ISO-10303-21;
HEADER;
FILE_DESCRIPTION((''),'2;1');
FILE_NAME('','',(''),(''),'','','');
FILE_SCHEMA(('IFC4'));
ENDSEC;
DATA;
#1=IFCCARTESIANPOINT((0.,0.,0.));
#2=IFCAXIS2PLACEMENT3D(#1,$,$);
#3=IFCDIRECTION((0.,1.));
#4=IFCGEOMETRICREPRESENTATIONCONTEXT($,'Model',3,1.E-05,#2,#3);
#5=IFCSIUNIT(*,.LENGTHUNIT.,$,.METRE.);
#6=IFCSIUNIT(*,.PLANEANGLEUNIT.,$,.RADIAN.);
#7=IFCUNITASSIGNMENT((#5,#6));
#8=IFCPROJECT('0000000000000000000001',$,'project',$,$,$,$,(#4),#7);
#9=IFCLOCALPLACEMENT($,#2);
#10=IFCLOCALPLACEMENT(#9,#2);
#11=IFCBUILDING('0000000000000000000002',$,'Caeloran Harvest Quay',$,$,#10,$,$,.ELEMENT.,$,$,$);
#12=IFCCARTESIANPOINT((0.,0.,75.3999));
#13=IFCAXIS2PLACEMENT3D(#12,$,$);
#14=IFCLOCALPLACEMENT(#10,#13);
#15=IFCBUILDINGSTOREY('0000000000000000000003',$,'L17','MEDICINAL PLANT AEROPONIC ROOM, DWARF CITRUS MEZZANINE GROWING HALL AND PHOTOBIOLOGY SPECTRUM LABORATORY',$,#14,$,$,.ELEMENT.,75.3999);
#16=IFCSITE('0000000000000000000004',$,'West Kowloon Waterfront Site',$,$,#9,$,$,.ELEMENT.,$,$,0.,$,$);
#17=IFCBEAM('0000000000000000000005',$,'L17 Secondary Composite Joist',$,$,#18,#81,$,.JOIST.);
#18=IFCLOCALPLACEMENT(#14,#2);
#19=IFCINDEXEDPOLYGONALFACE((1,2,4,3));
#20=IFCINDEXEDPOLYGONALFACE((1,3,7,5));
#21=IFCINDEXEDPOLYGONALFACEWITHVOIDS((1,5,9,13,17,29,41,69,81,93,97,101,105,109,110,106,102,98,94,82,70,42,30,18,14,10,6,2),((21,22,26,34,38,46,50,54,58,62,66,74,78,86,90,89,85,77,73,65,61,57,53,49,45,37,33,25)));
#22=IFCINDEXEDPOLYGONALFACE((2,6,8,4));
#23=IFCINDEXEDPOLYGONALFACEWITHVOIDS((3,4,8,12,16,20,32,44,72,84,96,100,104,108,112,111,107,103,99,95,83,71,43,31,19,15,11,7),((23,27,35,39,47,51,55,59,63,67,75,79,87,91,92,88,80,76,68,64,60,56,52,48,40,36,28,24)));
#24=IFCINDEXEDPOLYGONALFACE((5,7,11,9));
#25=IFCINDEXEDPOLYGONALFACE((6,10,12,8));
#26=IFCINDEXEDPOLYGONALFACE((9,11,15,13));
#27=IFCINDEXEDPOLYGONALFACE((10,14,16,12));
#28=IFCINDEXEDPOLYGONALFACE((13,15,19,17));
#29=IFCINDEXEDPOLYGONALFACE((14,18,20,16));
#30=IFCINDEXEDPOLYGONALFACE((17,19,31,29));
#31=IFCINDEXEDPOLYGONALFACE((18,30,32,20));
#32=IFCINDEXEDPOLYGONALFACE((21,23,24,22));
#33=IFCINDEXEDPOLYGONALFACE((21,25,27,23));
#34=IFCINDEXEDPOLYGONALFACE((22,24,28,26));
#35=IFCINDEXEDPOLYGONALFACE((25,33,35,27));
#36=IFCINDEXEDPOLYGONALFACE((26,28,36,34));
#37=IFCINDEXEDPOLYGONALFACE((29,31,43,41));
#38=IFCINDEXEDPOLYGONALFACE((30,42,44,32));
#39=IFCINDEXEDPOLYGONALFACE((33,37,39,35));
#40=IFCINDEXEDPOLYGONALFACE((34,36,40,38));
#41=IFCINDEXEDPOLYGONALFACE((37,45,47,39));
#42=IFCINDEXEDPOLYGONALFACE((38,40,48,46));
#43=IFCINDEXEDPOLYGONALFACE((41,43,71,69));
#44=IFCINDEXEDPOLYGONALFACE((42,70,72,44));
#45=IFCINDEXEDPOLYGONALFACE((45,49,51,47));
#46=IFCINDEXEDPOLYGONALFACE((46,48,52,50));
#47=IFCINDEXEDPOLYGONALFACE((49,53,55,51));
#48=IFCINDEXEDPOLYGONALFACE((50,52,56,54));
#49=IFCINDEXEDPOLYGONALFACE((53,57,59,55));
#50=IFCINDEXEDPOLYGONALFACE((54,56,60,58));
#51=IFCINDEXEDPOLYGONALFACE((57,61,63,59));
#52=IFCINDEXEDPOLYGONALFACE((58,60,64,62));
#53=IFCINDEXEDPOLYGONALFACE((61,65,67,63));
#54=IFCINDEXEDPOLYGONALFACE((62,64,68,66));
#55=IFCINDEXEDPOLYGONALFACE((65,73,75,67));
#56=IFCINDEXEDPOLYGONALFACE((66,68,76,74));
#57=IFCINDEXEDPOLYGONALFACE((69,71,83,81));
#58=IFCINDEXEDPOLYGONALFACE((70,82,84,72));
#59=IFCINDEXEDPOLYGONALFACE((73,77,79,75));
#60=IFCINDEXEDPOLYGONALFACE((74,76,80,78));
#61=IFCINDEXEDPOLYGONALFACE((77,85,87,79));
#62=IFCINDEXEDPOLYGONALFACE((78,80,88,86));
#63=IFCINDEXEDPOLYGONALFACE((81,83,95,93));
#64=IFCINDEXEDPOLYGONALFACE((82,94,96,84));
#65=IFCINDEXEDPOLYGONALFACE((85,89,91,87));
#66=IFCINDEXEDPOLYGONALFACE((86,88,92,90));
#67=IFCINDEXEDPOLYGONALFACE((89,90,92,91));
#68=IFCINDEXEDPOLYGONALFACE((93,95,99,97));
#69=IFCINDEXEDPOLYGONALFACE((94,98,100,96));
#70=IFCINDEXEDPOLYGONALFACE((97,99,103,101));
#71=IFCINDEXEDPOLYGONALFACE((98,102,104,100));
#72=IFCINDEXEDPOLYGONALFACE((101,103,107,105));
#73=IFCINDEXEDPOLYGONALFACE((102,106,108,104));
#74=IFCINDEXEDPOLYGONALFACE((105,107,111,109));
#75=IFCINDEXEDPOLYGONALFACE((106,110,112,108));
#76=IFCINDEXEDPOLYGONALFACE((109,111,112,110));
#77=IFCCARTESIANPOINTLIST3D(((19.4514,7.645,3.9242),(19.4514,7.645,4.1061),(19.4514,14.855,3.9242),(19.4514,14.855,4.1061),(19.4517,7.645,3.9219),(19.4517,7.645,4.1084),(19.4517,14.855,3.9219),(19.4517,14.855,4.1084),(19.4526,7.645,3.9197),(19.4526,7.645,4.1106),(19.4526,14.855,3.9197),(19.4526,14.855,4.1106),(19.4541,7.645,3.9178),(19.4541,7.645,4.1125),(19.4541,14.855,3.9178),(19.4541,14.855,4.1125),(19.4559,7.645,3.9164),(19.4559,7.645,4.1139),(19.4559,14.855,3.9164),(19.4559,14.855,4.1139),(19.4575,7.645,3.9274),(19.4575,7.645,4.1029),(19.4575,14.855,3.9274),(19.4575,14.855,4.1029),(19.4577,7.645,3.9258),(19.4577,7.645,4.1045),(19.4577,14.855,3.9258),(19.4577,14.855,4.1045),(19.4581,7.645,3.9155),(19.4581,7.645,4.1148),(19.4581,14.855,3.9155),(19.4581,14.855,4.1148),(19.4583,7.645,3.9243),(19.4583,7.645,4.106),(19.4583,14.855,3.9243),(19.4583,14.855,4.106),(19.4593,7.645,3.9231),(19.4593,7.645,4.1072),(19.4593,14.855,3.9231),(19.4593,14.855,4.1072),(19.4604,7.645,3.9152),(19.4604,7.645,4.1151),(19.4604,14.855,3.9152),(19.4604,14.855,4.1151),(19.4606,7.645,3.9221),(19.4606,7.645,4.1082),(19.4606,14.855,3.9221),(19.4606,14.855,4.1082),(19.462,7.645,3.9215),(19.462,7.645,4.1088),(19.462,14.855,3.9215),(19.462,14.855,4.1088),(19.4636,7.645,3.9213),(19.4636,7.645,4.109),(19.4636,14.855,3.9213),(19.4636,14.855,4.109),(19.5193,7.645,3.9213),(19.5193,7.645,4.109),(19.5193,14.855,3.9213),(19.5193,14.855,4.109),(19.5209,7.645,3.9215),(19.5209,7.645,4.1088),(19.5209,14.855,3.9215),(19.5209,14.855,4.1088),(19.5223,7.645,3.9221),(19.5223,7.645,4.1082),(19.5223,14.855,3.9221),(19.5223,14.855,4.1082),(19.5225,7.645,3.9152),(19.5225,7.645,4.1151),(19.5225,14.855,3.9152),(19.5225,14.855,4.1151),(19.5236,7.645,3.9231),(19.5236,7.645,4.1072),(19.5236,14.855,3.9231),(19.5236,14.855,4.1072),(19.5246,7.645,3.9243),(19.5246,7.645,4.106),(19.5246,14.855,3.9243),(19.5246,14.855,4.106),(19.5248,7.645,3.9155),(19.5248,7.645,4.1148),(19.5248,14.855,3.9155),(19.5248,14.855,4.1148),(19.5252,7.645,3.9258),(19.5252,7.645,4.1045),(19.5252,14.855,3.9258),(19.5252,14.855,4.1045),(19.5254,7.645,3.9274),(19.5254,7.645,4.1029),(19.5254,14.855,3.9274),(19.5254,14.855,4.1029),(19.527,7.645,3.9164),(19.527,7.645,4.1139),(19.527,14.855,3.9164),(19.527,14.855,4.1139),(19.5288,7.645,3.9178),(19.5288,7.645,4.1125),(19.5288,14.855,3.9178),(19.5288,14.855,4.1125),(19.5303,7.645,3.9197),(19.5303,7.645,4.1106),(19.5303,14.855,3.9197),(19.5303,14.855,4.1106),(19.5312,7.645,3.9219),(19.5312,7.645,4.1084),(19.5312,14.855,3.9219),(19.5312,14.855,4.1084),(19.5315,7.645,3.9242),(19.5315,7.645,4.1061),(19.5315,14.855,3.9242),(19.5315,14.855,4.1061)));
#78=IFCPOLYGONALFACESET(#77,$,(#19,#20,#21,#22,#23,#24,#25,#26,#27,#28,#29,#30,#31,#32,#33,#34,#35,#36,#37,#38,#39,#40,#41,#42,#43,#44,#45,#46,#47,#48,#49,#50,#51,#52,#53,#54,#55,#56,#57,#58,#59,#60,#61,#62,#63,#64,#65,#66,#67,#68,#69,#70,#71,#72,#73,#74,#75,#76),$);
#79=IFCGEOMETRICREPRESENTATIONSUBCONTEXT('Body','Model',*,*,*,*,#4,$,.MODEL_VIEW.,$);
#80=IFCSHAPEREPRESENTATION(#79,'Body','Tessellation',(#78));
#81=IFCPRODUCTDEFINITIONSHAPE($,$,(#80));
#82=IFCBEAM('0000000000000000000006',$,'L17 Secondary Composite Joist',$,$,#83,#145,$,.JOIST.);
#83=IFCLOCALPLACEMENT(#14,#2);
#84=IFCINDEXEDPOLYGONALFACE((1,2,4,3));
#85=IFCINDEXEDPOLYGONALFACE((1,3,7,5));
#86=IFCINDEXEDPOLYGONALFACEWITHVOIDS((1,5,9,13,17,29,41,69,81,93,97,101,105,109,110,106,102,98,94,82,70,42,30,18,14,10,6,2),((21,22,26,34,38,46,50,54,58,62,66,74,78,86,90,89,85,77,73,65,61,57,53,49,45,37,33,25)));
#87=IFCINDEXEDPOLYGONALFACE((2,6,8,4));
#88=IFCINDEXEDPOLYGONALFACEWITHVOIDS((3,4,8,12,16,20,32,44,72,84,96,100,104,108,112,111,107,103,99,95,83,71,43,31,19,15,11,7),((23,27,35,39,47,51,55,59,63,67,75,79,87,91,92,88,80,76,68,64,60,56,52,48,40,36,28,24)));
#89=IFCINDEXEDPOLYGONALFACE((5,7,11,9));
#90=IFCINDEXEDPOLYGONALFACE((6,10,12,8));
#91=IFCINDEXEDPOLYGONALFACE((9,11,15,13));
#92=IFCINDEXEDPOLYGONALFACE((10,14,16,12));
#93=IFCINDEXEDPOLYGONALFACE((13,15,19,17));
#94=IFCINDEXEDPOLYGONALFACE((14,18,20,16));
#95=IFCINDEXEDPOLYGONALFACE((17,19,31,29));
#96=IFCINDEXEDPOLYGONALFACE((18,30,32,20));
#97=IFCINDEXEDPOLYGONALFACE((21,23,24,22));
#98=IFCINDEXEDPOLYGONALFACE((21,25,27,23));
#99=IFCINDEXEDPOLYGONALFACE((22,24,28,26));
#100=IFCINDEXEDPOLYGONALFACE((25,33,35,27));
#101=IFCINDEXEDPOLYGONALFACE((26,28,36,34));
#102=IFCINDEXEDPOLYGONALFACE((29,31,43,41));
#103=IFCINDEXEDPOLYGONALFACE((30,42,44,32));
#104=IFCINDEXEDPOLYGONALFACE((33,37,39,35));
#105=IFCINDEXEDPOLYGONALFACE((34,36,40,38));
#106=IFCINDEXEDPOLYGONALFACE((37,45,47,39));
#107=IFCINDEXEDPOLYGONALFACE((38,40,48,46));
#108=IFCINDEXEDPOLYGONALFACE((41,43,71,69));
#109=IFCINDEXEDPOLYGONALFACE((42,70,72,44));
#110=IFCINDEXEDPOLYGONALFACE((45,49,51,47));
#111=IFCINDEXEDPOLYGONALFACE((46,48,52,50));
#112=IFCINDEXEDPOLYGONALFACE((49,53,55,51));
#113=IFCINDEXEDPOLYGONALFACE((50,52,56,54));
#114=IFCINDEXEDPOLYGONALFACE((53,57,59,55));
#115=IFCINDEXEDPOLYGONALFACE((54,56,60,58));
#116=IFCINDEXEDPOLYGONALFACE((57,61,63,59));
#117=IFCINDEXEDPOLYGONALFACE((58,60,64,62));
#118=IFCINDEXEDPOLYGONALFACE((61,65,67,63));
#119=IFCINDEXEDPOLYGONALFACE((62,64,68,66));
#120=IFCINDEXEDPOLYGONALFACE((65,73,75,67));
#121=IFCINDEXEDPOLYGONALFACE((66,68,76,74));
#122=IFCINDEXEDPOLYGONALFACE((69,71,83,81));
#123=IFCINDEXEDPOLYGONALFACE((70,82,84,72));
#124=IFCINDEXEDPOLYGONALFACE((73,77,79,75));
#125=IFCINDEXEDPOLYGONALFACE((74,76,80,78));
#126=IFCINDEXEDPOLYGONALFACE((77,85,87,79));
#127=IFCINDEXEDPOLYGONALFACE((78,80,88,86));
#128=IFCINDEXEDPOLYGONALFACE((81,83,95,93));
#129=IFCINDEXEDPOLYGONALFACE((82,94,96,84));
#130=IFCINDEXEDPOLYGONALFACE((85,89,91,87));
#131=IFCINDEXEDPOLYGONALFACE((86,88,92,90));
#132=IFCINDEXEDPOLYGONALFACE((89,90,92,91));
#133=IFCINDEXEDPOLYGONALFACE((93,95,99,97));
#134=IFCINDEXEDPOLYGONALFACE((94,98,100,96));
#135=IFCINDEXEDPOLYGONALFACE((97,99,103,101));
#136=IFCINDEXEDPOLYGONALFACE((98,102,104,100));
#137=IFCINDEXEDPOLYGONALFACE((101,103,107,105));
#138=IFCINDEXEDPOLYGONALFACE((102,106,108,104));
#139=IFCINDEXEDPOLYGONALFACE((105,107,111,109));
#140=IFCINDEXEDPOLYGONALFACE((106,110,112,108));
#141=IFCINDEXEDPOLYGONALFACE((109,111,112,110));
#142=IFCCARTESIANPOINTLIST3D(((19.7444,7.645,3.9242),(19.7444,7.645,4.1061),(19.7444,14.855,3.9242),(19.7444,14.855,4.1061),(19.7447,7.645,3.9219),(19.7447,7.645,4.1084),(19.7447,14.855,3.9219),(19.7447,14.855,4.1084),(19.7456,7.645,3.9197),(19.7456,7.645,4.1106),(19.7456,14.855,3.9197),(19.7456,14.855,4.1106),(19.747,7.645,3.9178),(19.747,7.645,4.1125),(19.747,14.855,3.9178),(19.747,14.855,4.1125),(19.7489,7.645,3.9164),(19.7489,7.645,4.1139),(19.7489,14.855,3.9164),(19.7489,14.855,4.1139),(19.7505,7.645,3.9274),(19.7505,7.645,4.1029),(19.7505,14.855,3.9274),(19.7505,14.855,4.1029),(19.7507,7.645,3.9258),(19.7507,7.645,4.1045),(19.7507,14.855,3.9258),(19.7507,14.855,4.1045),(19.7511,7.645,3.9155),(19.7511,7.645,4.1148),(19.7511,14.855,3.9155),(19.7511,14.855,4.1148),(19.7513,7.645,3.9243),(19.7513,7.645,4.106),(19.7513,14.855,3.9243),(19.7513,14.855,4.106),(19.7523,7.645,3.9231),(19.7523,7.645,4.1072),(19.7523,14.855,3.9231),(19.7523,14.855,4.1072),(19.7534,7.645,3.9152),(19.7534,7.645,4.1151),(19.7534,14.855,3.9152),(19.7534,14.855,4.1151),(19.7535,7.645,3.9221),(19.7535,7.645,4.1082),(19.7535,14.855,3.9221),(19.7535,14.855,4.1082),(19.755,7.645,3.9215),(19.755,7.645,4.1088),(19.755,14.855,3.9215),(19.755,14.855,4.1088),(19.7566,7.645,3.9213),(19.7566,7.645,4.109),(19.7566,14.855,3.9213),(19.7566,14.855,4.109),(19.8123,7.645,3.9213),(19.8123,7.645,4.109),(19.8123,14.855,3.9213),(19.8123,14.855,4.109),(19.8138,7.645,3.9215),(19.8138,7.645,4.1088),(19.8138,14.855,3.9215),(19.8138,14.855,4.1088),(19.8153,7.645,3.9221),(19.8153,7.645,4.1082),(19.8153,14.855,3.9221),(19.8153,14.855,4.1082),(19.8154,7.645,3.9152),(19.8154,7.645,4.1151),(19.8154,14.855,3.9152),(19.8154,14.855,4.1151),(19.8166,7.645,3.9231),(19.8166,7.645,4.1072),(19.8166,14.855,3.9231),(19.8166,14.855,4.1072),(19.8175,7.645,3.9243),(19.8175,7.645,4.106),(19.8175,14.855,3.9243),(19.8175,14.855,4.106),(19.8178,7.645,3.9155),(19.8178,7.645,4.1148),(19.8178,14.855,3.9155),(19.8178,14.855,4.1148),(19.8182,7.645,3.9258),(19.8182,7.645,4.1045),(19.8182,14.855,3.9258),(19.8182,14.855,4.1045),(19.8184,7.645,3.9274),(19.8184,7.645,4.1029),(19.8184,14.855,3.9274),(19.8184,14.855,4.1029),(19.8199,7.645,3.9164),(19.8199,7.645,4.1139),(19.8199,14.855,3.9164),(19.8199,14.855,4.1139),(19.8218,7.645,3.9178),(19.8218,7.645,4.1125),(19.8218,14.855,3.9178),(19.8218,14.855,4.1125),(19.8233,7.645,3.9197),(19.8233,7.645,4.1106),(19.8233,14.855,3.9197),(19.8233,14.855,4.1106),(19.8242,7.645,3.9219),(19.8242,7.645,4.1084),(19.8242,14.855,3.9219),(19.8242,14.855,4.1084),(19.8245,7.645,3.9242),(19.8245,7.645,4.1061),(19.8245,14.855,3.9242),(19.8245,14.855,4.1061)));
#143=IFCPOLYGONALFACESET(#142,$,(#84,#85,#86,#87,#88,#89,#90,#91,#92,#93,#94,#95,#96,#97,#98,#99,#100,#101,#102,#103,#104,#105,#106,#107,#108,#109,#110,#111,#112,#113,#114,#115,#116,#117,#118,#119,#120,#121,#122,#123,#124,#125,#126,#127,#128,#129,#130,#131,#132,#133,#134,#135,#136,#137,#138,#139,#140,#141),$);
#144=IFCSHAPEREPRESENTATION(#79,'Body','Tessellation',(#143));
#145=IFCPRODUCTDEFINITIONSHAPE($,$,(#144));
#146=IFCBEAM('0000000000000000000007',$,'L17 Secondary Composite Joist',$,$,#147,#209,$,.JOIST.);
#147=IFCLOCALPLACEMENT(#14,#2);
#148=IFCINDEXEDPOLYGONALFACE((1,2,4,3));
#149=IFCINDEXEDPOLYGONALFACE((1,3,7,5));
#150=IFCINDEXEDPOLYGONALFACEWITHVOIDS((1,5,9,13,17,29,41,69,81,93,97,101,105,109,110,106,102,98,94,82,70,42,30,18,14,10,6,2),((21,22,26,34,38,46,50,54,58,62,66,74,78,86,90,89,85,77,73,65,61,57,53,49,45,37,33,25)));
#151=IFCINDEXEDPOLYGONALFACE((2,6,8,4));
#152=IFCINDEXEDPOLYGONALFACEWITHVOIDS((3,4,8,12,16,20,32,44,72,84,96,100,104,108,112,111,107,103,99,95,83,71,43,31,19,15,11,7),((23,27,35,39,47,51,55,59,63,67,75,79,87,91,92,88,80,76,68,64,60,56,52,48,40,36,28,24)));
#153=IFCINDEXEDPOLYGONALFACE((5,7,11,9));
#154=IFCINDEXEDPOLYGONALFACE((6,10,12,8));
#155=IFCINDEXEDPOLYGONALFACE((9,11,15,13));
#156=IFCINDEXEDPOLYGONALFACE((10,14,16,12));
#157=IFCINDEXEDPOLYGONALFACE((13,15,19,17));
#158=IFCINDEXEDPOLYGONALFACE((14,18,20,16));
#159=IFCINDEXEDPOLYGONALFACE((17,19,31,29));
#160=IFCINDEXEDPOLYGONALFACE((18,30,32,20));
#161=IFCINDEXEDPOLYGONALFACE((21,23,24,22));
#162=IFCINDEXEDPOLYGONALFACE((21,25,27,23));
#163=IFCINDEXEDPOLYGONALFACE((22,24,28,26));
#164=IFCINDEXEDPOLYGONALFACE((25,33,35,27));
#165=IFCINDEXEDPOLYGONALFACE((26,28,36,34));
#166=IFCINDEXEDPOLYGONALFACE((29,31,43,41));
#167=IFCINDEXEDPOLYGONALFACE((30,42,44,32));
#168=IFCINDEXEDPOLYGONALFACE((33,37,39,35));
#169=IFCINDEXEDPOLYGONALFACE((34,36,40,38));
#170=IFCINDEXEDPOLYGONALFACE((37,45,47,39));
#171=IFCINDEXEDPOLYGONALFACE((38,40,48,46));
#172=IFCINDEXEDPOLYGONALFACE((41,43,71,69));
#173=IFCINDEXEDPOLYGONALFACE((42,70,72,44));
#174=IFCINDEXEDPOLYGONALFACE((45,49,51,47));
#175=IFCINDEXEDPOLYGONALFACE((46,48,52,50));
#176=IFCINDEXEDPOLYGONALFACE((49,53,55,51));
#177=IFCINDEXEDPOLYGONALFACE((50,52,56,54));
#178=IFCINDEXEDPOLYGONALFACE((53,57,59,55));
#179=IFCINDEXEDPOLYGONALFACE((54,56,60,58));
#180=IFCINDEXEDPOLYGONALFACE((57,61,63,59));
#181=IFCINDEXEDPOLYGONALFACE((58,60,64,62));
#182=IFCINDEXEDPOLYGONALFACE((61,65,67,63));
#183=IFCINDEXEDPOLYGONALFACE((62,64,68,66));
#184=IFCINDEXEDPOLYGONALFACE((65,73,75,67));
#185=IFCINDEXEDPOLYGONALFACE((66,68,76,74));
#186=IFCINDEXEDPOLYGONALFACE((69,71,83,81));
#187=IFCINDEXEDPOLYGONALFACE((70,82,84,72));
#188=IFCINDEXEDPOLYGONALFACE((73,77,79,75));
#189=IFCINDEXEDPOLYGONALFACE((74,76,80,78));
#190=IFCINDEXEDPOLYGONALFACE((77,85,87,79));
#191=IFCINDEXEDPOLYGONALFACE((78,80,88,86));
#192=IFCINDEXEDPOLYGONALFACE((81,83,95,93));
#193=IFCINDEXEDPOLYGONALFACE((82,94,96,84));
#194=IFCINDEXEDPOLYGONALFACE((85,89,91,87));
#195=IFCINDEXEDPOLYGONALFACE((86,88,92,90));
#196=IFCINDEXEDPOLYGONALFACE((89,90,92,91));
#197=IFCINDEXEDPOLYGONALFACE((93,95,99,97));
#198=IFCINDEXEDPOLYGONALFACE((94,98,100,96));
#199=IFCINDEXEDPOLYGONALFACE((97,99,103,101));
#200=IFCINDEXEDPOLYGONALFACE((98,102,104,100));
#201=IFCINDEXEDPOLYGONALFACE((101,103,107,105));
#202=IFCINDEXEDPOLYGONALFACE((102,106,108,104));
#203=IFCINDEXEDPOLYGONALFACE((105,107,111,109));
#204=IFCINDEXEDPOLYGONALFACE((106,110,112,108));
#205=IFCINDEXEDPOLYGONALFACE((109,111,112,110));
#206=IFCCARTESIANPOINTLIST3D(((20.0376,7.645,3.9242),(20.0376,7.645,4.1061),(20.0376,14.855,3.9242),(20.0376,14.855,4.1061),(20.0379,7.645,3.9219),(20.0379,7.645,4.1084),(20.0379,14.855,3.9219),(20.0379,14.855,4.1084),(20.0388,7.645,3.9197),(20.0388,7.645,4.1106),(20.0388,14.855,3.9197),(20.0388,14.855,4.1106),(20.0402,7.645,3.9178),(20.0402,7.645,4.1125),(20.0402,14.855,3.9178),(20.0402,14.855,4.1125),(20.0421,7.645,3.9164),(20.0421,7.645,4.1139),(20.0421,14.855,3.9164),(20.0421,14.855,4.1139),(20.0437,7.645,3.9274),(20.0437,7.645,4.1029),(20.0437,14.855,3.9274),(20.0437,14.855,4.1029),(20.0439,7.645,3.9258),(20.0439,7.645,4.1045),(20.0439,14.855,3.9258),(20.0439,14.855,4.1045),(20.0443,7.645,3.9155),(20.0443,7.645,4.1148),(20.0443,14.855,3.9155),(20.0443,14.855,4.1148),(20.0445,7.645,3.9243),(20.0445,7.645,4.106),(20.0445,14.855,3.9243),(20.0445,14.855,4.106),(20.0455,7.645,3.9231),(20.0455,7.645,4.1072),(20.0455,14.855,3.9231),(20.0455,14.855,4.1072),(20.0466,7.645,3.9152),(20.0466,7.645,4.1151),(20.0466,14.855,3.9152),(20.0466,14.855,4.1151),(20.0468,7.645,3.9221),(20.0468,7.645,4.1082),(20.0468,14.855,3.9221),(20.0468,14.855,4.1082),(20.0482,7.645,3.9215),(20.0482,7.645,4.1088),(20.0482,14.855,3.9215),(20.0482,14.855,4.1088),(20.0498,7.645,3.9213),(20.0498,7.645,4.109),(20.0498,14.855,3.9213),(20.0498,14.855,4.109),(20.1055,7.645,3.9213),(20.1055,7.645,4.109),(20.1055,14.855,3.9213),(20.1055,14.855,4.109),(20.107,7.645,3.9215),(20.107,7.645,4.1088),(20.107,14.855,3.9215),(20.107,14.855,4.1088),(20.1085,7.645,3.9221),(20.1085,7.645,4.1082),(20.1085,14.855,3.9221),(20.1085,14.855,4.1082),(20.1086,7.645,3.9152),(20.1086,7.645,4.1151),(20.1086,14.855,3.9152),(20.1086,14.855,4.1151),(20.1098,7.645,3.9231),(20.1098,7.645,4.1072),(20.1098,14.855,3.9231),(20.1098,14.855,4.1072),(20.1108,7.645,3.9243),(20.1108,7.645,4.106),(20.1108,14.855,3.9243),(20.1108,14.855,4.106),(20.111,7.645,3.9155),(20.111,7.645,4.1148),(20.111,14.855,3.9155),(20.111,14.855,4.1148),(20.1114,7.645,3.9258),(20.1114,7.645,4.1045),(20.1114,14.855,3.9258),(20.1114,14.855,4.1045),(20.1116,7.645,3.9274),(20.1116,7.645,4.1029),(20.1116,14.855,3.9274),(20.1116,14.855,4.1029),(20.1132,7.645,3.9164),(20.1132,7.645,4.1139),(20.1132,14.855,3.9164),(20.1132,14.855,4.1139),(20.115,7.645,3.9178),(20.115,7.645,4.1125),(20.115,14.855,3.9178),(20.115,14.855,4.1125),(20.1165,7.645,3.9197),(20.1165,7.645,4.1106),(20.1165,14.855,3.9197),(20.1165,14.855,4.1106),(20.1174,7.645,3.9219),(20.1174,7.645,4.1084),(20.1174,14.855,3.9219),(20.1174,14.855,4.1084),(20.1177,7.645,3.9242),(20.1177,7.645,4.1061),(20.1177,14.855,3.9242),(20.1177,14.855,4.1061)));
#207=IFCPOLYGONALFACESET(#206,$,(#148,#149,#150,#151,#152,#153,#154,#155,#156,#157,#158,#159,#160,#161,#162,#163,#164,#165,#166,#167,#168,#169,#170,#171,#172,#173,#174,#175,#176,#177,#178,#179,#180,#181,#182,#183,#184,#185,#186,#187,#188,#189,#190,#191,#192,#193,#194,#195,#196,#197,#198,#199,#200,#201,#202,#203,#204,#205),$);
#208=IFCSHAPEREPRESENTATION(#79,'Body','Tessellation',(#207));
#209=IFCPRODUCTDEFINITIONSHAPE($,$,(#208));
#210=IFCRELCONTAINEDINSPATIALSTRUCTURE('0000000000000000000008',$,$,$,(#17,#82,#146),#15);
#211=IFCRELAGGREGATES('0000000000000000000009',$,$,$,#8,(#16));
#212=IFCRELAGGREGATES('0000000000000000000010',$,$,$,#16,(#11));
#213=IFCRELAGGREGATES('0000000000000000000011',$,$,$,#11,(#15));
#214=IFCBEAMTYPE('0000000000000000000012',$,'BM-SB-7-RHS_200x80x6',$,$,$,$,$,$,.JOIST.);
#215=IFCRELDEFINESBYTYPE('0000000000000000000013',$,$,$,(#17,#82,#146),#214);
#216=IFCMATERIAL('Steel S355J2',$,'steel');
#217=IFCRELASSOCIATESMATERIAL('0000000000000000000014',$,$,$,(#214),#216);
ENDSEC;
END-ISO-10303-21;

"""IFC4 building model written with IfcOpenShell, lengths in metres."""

from ifc_helpers import new_model, si_unit, direction, frame, origin, origin_2d, place, context, subcontext, project, spatial, hollow_rectangle, extrude, material, material_profile, profile_set, type_object, element, save


model = new_model("IFC4")

# Units and contexts
model_context = context("Model", 3, precision=1e-05, world=origin(), true_north=direction((0.0, 1.0)))
body_context = subcontext(model_context, "Body", "Model", "MODEL_VIEW")
ifc_project = project(units=[si_unit("LENGTHUNIT", "METRE"), si_unit("PLANEANGLEUNIT", "RADIAN")], contexts=[model_context])

# Site, building, storey
site_placement = place(None, origin())
site = spatial("IfcSite", under=ifc_project, at=site_placement, Name="West Kowloon Waterfront Site", CompositionType="ELEMENT", RefElevation=0.0)
building_placement = place(site_placement, origin())
building = spatial("IfcBuilding", under=site, at=building_placement, Name="Caeloran Harvest Quay", CompositionType="ELEMENT")
storey_placement = place(building_placement, frame((0.0, 0.0, 75.3999)))
storey = spatial("IfcBuildingStorey", under=building, at=storey_placement, Name="L17", Description="MEDICINAL PLANT AEROPONIC ROOM, DWARF CITRUS MEZZANINE GROWING HALL AND PHOTOBIOLOGY SPECTRUM LABORATORY", CompositionType="ELEMENT", Elevation=75.3999)

# Beams
ifc_material_1 = material(Name="Steel S355J2", Category="steel")
ifc_material_profile_1 = material_profile(ifc_material_1, hollow_rectangle(XDim=0.0801, YDim=0.2, WallThickness=0.0061, InnerFilletRadius=0.0061, OuterFilletRadius=0.009, at=origin_2d()), Name="RHS 200x80x6")
ifc_profile_set_1 = profile_set([ifc_material_profile_1], Name="Steel S355J2")
beam_type_1 = type_object("IfcBeamType", Name="BM-SB-7-RHS_200x80x6", PredefinedType="JOIST", material=ifc_profile_set_1)
for number, where, z_axis, x_axis, name in (
    (1, (19.4915, 7.645, 4.0151), (0.0, 1.0, 0.0), (-1.0, 0.0, 0.0), "L17 Secondary Composite Joist"),
    (2, (19.7844, 7.645, 4.0151), (0.0, 1.0, 0.0), (-1.0, 0.0, 0.0), "L17 Secondary Composite Joist"),
    (3, (20.0776, 7.645, 4.0151), (0.0, 1.0, 0.0), (-1.0, 0.0, 0.0), "L17 Secondary Composite Joist"),
):
    element("IfcBeam", number, at=place(storey_placement, frame(where, z_axis=z_axis, x_axis=x_axis)), inside=storey, type_object=beam_type_1, Name=name, PredefinedType="JOIST", context=body_context, shape_type="SweptSolid", body=[
        extrude(hollow_rectangle(XDim=0.0801, YDim=0.2, WallThickness=0.0061, InnerFilletRadius=0.0061, OuterFilletRadius=0.009, at=origin_2d()), origin(), (0.0, 0.0, 1.0), 7.21),
    ])

save(model, "model.ifc")
